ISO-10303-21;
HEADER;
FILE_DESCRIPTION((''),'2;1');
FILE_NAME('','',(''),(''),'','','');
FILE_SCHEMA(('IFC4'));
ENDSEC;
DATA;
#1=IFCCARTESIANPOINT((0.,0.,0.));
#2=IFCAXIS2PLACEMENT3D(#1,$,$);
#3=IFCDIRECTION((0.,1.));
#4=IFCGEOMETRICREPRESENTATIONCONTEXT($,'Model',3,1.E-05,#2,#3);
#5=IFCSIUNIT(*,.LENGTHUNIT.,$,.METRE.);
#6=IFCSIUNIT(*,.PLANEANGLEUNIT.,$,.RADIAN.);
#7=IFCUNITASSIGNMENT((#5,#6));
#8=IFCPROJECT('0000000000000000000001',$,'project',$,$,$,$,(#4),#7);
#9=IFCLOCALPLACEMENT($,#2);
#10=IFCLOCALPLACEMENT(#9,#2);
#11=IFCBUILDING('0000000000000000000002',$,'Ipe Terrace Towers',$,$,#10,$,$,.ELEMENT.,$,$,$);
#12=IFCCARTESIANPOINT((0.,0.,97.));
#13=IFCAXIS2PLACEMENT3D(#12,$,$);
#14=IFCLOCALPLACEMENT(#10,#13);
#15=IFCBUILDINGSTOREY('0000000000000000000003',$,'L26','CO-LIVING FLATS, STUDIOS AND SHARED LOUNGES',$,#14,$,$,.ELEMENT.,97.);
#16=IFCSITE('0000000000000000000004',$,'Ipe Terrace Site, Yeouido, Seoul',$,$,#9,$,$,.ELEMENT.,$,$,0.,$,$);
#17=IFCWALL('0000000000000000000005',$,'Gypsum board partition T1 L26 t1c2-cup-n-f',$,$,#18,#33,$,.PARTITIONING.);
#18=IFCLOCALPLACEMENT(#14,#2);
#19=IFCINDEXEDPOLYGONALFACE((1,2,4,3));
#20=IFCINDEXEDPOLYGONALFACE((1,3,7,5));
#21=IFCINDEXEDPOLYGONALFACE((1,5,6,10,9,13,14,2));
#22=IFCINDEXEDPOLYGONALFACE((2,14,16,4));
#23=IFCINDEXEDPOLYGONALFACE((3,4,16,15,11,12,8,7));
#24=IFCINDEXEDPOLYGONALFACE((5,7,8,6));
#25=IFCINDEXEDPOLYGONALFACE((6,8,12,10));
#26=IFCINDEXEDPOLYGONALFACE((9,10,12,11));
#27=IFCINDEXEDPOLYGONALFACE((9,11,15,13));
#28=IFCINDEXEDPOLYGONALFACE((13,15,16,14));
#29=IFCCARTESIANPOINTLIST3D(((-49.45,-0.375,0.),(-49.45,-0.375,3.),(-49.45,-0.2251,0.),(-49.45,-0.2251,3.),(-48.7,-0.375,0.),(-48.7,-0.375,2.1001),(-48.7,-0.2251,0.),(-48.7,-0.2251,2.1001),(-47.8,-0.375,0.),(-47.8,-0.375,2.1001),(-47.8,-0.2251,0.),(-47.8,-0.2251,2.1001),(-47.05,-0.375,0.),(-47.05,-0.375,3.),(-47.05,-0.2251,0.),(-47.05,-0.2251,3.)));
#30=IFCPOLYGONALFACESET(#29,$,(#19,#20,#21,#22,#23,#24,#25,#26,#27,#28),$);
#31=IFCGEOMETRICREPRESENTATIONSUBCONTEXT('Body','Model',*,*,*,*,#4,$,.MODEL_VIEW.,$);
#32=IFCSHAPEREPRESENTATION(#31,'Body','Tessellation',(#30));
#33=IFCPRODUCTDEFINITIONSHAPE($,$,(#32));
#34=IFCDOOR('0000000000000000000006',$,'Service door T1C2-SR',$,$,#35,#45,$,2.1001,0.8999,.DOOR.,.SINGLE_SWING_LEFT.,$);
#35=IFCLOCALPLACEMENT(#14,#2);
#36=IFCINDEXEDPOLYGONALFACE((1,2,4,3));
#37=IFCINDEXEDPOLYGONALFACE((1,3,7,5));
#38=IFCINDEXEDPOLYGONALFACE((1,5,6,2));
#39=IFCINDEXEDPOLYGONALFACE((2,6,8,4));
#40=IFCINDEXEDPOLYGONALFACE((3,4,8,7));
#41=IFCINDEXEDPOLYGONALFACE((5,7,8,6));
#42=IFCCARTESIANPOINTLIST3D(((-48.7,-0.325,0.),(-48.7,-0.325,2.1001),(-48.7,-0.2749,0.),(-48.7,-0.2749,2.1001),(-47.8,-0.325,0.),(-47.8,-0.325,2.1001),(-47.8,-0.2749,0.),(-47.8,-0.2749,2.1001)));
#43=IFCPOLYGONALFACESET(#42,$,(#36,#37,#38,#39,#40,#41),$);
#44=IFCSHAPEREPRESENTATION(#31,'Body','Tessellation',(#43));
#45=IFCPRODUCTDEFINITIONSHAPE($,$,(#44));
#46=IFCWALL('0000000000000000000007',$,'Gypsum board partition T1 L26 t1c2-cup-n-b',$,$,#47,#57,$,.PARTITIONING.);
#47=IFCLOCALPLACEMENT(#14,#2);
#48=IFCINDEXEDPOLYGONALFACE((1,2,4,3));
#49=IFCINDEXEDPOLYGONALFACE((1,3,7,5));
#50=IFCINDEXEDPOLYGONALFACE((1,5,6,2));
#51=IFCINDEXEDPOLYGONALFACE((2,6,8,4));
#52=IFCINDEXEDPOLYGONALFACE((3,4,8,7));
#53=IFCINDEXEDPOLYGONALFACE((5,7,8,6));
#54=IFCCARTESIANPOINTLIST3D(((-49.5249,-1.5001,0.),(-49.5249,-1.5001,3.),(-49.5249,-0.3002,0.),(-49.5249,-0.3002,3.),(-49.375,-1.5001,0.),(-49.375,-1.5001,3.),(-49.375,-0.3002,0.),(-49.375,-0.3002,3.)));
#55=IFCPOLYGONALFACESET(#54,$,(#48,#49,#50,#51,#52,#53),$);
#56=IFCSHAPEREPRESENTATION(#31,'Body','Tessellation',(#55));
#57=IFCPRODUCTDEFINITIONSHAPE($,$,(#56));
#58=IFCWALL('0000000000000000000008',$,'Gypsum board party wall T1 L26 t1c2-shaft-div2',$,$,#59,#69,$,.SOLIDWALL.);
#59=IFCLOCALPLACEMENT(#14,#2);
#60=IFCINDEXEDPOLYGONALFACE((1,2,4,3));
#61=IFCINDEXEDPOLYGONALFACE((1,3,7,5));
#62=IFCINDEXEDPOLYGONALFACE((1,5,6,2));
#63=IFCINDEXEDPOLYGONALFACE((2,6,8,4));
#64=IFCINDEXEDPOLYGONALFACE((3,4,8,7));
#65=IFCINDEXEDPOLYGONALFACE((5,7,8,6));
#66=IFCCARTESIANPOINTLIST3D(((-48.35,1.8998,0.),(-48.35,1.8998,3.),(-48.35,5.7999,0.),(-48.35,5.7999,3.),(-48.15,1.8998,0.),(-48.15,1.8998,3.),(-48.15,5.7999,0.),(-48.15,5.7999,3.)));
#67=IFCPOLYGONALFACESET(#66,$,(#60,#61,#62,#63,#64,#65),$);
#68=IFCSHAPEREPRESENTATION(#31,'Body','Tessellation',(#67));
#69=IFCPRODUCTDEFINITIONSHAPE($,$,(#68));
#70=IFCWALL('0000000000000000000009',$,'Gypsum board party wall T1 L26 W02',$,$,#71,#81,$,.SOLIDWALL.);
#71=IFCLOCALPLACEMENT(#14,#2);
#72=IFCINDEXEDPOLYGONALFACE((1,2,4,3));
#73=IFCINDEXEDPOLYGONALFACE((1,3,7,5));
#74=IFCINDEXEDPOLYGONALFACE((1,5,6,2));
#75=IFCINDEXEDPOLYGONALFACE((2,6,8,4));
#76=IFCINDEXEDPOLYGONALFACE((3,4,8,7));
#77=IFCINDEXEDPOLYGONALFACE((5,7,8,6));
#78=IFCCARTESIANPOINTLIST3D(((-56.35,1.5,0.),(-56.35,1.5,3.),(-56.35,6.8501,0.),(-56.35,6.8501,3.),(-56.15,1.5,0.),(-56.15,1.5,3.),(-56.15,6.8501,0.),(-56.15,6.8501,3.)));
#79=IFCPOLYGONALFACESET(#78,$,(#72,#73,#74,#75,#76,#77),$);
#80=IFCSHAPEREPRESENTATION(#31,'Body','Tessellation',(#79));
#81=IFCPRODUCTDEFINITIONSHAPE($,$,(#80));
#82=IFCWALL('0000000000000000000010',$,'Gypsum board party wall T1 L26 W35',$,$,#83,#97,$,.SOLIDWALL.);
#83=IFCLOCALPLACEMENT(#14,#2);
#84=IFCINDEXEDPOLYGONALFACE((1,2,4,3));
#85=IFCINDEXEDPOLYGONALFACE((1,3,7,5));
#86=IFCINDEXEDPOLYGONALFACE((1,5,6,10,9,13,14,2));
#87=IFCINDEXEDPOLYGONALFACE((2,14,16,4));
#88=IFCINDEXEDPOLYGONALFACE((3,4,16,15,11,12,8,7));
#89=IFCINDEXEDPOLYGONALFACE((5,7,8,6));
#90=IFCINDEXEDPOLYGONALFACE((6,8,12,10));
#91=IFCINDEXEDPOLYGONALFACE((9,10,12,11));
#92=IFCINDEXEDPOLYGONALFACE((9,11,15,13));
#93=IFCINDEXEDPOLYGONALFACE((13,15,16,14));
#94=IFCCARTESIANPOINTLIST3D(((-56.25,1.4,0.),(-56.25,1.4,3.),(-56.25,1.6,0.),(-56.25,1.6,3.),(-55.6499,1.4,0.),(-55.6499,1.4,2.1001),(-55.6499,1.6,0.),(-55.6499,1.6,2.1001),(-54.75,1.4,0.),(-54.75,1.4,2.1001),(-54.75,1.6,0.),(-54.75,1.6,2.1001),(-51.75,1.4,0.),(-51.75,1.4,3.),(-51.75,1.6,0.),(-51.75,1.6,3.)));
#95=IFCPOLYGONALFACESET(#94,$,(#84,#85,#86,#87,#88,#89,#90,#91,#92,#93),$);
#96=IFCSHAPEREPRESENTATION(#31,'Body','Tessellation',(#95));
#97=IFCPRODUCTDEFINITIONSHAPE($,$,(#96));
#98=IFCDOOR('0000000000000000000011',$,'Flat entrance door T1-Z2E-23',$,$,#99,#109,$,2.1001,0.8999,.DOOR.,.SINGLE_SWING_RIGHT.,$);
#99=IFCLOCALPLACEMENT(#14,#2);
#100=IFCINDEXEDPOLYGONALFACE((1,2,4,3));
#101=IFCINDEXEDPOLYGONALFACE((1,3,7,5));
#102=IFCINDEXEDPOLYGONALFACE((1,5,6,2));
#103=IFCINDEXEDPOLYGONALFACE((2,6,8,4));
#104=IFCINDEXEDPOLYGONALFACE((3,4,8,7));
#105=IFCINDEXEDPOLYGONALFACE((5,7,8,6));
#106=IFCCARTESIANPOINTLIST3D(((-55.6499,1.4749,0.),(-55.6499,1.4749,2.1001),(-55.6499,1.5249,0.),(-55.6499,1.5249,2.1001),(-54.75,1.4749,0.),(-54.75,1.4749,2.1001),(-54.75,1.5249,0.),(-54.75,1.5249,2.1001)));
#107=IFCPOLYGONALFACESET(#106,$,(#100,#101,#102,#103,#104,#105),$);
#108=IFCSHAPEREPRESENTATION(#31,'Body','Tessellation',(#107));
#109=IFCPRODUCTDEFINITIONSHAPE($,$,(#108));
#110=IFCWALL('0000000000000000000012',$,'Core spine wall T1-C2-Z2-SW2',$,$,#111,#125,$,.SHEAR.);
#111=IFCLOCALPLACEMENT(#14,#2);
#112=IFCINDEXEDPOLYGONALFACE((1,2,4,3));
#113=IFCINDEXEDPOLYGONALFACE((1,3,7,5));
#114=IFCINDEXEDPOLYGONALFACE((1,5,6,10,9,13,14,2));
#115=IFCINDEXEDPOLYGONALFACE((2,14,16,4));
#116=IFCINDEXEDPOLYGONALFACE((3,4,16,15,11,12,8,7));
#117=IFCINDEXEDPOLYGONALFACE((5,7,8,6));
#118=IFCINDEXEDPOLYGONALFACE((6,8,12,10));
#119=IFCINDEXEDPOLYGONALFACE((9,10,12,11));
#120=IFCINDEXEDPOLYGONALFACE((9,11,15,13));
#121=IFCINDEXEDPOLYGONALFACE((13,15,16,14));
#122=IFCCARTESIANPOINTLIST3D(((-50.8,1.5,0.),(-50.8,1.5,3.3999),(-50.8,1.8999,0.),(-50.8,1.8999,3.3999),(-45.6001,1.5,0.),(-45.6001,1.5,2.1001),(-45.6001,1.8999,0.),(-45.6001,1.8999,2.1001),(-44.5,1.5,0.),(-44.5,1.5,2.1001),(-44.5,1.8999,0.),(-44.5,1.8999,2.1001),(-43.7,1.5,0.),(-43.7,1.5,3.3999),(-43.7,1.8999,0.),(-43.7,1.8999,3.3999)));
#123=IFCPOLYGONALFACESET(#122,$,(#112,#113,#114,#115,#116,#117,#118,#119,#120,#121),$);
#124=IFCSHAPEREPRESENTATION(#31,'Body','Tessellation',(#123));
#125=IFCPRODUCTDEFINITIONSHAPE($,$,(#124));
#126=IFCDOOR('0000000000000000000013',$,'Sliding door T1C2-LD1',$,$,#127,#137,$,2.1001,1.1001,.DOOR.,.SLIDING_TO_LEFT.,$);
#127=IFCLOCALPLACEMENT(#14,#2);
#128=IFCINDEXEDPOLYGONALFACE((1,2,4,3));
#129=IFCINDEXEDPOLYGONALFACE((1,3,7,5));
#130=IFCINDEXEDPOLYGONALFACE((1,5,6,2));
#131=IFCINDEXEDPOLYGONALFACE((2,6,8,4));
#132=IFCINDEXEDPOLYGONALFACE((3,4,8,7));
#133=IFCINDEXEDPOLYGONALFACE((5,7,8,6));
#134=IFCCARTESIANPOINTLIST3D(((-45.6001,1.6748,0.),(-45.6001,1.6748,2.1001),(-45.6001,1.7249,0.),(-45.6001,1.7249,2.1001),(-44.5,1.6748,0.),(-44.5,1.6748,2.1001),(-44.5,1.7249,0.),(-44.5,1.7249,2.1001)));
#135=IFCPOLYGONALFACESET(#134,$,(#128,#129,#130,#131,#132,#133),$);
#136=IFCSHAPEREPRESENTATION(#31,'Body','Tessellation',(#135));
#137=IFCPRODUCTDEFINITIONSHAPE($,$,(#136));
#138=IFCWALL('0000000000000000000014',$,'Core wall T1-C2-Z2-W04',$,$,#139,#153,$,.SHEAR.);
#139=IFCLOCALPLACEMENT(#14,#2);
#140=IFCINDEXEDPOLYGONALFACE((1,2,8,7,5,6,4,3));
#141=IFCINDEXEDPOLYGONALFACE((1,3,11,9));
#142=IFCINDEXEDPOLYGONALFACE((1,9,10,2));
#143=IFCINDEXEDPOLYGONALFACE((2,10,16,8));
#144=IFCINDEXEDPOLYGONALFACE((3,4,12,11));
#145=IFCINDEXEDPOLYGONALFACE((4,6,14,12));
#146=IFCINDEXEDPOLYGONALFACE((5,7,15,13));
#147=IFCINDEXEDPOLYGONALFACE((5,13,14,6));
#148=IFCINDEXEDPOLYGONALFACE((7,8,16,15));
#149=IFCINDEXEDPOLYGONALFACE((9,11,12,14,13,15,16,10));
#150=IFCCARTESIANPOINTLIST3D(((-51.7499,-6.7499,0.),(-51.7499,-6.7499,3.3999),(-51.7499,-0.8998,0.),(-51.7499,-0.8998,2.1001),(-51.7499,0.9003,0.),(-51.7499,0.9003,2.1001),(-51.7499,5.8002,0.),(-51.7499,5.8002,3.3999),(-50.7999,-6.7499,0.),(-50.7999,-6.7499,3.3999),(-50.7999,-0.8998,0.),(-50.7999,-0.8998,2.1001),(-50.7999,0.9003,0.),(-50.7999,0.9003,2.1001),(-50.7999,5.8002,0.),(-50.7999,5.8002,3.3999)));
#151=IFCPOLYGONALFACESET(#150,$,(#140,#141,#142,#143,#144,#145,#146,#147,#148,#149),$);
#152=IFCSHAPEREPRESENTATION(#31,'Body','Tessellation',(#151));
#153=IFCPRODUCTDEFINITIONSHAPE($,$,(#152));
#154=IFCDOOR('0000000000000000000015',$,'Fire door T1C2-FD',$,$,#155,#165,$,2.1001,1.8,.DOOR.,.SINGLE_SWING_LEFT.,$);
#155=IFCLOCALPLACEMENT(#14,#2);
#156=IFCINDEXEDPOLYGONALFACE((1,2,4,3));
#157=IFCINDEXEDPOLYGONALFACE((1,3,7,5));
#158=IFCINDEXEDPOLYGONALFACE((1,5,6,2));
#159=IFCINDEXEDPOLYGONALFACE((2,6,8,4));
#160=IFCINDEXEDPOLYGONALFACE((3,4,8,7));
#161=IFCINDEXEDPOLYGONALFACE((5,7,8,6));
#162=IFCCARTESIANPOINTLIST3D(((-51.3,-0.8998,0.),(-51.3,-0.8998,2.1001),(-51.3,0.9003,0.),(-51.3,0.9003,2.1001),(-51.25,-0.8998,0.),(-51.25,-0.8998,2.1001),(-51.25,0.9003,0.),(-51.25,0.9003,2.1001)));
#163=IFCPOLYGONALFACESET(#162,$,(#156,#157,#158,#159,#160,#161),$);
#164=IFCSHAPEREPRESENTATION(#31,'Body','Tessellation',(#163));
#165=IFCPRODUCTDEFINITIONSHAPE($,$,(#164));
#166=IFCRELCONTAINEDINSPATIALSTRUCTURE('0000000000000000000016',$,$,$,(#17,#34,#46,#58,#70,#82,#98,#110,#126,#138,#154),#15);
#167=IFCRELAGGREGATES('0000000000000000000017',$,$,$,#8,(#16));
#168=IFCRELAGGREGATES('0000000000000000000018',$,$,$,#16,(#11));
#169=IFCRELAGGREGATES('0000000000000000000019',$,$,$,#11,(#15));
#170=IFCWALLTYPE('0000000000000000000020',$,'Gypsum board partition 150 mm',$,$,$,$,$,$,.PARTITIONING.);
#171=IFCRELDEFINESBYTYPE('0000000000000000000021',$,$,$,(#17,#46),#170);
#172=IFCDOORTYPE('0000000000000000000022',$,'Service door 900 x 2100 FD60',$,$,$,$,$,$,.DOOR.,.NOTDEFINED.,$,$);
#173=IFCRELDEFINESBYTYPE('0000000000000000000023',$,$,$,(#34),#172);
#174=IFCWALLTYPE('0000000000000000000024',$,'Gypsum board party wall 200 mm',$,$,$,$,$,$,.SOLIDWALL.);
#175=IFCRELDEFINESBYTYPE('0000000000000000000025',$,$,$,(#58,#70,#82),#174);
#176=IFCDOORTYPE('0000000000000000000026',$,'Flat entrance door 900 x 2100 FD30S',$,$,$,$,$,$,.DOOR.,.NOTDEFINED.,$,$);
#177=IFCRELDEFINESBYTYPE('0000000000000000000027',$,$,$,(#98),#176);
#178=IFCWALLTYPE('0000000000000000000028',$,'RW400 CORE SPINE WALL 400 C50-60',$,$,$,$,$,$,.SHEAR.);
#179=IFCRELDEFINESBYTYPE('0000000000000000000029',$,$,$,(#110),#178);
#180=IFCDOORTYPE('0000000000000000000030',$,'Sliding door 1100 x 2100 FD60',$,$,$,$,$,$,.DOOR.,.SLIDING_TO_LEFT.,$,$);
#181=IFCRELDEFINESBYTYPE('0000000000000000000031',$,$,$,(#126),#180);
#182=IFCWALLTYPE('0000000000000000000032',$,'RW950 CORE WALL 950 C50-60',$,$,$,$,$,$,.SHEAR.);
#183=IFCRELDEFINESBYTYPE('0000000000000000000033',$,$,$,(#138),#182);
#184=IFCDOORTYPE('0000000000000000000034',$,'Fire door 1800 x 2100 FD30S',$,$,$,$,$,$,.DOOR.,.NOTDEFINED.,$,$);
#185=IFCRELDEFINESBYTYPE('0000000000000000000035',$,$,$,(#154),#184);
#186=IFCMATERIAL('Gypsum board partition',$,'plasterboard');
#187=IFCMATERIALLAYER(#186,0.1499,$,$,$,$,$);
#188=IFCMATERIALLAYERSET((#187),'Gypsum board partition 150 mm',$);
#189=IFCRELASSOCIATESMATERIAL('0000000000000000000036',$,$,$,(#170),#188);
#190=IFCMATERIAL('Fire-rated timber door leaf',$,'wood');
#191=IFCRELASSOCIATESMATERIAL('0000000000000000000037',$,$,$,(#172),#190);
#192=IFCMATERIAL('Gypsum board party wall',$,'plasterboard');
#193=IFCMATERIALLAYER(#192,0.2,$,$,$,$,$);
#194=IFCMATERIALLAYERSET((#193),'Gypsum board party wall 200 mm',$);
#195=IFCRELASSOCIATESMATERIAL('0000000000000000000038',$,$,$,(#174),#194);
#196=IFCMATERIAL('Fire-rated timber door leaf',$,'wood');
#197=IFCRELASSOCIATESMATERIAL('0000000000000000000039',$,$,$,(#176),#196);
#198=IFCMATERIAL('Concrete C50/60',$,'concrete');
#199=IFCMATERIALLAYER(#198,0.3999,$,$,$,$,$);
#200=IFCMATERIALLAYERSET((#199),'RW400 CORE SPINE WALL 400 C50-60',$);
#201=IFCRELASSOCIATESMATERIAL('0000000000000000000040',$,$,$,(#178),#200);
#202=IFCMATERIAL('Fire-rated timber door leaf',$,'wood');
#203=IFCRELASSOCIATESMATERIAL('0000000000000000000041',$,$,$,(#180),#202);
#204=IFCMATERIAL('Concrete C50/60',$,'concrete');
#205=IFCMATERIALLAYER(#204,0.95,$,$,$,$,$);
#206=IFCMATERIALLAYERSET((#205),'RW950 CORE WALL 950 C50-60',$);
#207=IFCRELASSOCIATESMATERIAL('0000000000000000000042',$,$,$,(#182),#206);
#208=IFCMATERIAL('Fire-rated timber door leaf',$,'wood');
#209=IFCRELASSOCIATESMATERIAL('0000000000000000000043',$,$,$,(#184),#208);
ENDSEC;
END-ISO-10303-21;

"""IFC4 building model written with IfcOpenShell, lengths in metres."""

from ifc_helpers import new_model, si_unit, direction, frame, frame_2d, origin, place, context, subcontext, project, spatial, rectangle, extrude, material, layer, layer_set, type_object, element, fill, save


model = new_model("IFC4")

# Units and contexts
model_context = context("Model", 3, precision=1e-05, world=origin(), true_north=direction((0.0, 1.0)))
body_context = subcontext(model_context, "Body", "Model", "MODEL_VIEW")
ifc_project = project(units=[si_unit("LENGTHUNIT", "METRE"), si_unit("PLANEANGLEUNIT", "RADIAN")], contexts=[model_context])

# Site, building, storey
site_placement = place(None, origin())
site = spatial("IfcSite", under=ifc_project, at=site_placement, Name="Ipe Terrace Site, Yeouido, Seoul", CompositionType="ELEMENT", RefElevation=0.0)
building_placement = place(site_placement, origin())
building = spatial("IfcBuilding", under=site, at=building_placement, Name="Ipe Terrace Towers", CompositionType="ELEMENT")
storey_placement = place(building_placement, frame((0.0, 0.0, 97.0)))
storey = spatial("IfcBuildingStorey", under=building, at=storey_placement, Name="L26", Description="CO-LIVING FLATS, STUDIOS AND SHARED LOUNGES", CompositionType="ELEMENT", Elevation=97.0)

# Wall, opening, door
ifc_material_1 = material(Name="Gypsum board partition", Category="plasterboard")
ifc_layer_1 = layer(ifc_material_1, 0.1499)
ifc_layer_set_1 = layer_set([ifc_layer_1], Name="Gypsum board partition 150 mm")
wall_type_1 = type_object("IfcWallType", Name="Gypsum board partition 150 mm", PredefinedType="PARTITIONING", material=ifc_layer_set_1)
wall_1_placement = place(storey_placement, frame((-47.05, -0.3, 0.0), z_axis=(0.0, 0.0, 1.0), x_axis=(-1.0, 0.0, 0.0)))
wall_1 = element("IfcWall", 1, at=wall_1_placement, inside=storey, type_object=wall_type_1, Name="Gypsum board partition T1 L26 t1c2-cup-n-f", PredefinedType="PARTITIONING", context=body_context, shape_type="SweptSolid", body=[
    extrude(rectangle(XDim=2.3999, YDim=0.1499, at=frame_2d((1.2, 0.0))), origin(), (0.0, 0.0, 1.0), 3.0),
])
opening_1_placement = place(wall_1_placement, frame((0.75, 0.0, 0.0)))
opening_1 = element("IfcOpeningElement", 2, at=opening_1_placement, cuts=wall_1, PredefinedType="OPENING", context=body_context, shape_type="SweptSolid", body=[
    extrude(rectangle(XDim=0.8999, YDim=2.1001, at=frame_2d((0.45, 1.05))), frame((0.0, 0.085, 0.0), z_axis=(0.0, -1.0, 0.0), x_axis=(1.0, 0.0, 0.0)), (0.0, 0.0, 1.0), 0.1699),
])
ifc_material_2 = material(Name="Fire-rated timber door leaf", Category="wood")
door_type_1 = type_object("IfcDoorType", Name="Service door 900 x 2100 FD60", OperationType="NOTDEFINED", PredefinedType="DOOR", material=ifc_material_2)
door_1_placement = place(opening_1_placement, origin())
door_1 = element("IfcDoor", 3, at=door_1_placement, inside=storey, type_object=door_type_1, Name="Service door T1C2-SR", OperationType="SINGLE_SWING_LEFT", OverallHeight=2.1001, OverallWidth=0.8999, PredefinedType="DOOR", context=body_context, shape_type="SweptSolid", body=[
    extrude(rectangle(XDim=0.8999, YDim=2.1001, at=frame_2d((0.45, 1.05))), frame((0.0, 0.0249, 0.0), z_axis=(0.0, -1.0, 0.0), x_axis=(1.0, 0.0, 0.0)), (0.0, 0.0, 1.0), 0.05),
])
fill(opening_1, door_1)

# Walls
wall_2_placement = place(storey_placement, frame((-49.45, -0.3, 0.0), z_axis=(0.0, 0.0, 1.0), x_axis=(0.0, -1.0, 0.0)))
element("IfcWall", 4, at=wall_2_placement, inside=storey, type_object=wall_type_1, Name="Gypsum board partition T1 L26 t1c2-cup-n-b", PredefinedType="PARTITIONING", context=body_context, shape_type="SweptSolid", body=[
    extrude(rectangle(XDim=1.2, YDim=0.1499, at=frame_2d((0.6001, 0.0))), origin(), (0.0, 0.0, 1.0), 3.0),
])
ifc_material_3 = material(Name="Gypsum board party wall", Category="plasterboard")
ifc_layer_2 = layer(ifc_material_3, 0.2)
ifc_layer_set_2 = layer_set([ifc_layer_2], Name="Gypsum board party wall 200 mm")
wall_type_2 = type_object("IfcWallType", Name="Gypsum board party wall 200 mm", PredefinedType="SOLIDWALL", material=ifc_layer_set_2)
wall_3_placement = place(storey_placement, frame((-48.25, 5.8, 0.0), z_axis=(0.0, 0.0, 1.0), x_axis=(0.0, -1.0, 0.0)))
element("IfcWall", 5, at=wall_3_placement, inside=storey, type_object=wall_type_2, Name="Gypsum board party wall T1 L26 t1c2-shaft-div2", PredefinedType="SOLIDWALL", context=body_context, shape_type="SweptSolid", body=[
    extrude(rectangle(XDim=3.9001, YDim=0.2, at=frame_2d((1.9502, 0.0))), origin(), (0.0, 0.0, 1.0), 3.0),
])
wall_4_placement = place(storey_placement, frame((-56.25, 1.5, 0.0), z_axis=(0.0, 0.0, 1.0), x_axis=(0.0, 1.0, 0.0)))
element("IfcWall", 6, at=wall_4_placement, inside=storey, type_object=wall_type_2, Name="Gypsum board party wall T1 L26 W02", PredefinedType="SOLIDWALL", context=body_context, shape_type="SweptSolid", body=[
    extrude(rectangle(XDim=5.3501, YDim=0.2, at=frame_2d((2.675, 0.0))), origin(), (0.0, 0.0, 1.0), 3.0),
])

# Walls, openings, doors
wall_5_placement = place(storey_placement, frame((-56.25, 1.5, 0.0), z_axis=(0.0, 0.0, 1.0), x_axis=(1.0, 0.0, 0.0)))
wall_5 = element("IfcWall", 7, at=wall_5_placement, inside=storey, type_object=wall_type_2, Name="Gypsum board party wall T1 L26 W35", PredefinedType="SOLIDWALL", context=body_context, shape_type="SweptSolid", body=[
    extrude(rectangle(XDim=4.5, YDim=0.2, at=frame_2d((2.25, 0.0))), origin(), (0.0, 0.0, 1.0), 3.0),
])
opening_2_placement = place(wall_5_placement, frame((0.6001, 0.0, 0.0)))
opening_2 = element("IfcOpeningElement", 8, at=opening_2_placement, cuts=wall_5, PredefinedType="OPENING", context=body_context, shape_type="SweptSolid", body=[
    extrude(rectangle(XDim=0.8999, YDim=2.1001, at=frame_2d((0.45, 1.05))), frame((0.0, 0.1099, 0.0), z_axis=(0.0, -1.0, 0.0), x_axis=(1.0, 0.0, 0.0)), (0.0, 0.0, 1.0), 0.22),
])
ifc_material_4 = material(Name="Fire-rated timber door leaf", Category="wood")
door_type_2 = type_object("IfcDoorType", Name="Flat entrance door 900 x 2100 FD30S", OperationType="NOTDEFINED", PredefinedType="DOOR", material=ifc_material_4)
door_2_placement = place(opening_2_placement, origin())
door_2 = element("IfcDoor", 9, at=door_2_placement, inside=storey, type_object=door_type_2, Name="Flat entrance door T1-Z2E-23", OperationType="SINGLE_SWING_RIGHT", OverallHeight=2.1001, OverallWidth=0.8999, PredefinedType="DOOR", context=body_context, shape_type="SweptSolid", body=[
    extrude(rectangle(XDim=0.8999, YDim=2.1001, at=frame_2d((0.45, 1.05))), frame((0.0, 0.0249, 0.0), z_axis=(0.0, -1.0, 0.0), x_axis=(1.0, 0.0, 0.0)), (0.0, 0.0, 1.0), 0.05),
])
fill(opening_2, door_2)
ifc_material_5 = material(Name="Concrete C50/60", Category="concrete")
ifc_layer_3 = layer(ifc_material_5, 0.3999)
ifc_layer_set_3 = layer_set([ifc_layer_3], Name="RW400 CORE SPINE WALL 400 C50-60")
wall_type_3 = type_object("IfcWallType", Name="RW400 CORE SPINE WALL 400 C50-60", PredefinedType="SHEAR", material=ifc_layer_set_3)
wall_6_placement = place(storey_placement, frame((-50.8, 1.7, 0.0), z_axis=(0.0, 0.0, 1.0), x_axis=(1.0, 0.0, 0.0)))
wall_6 = element("IfcWall", 10, at=wall_6_placement, inside=storey, type_object=wall_type_3, Name="Core spine wall T1-C2-Z2-SW2", PredefinedType="SHEAR", context=body_context, shape_type="SweptSolid", body=[
    extrude(rectangle(XDim=7.1001, YDim=0.3999, at=frame_2d((3.55, 0.0))), origin(), (0.0, 0.0, 1.0), 3.3999),
])
opening_3_placement = place(wall_6_placement, frame((5.2, 0.0, 0.0)))
opening_3 = element("IfcOpeningElement", 11, at=opening_3_placement, cuts=wall_6, PredefinedType="OPENING", context=body_context, shape_type="SweptSolid", body=[
    extrude(rectangle(XDim=1.1001, YDim=2.1001, at=frame_2d((0.55, 1.05))), frame((0.0, 0.21, 0.0), z_axis=(0.0, -1.0, 0.0), x_axis=(1.0, 0.0, 0.0)), (0.0, 0.0, 1.0), 0.4199),
])
ifc_material_6 = material(Name="Fire-rated timber door leaf", Category="wood")
door_type_3 = type_object("IfcDoorType", Name="Sliding door 1100 x 2100 FD60", OperationType="SLIDING_TO_LEFT", PredefinedType="DOOR", material=ifc_material_6)
door_3_placement = place(opening_3_placement, origin())
door_3 = element("IfcDoor", 12, at=door_3_placement, inside=storey, type_object=door_type_3, Name="Sliding door T1C2-LD1", OperationType="SLIDING_TO_LEFT", OverallHeight=2.1001, OverallWidth=1.1001, PredefinedType="DOOR", context=body_context, shape_type="SweptSolid", body=[
    extrude(rectangle(XDim=1.1001, YDim=2.1001, at=frame_2d((0.55, 1.05))), frame((0.0, 0.0249, 0.0), z_axis=(0.0, -1.0, 0.0), x_axis=(1.0, 0.0, 0.0)), (0.0, 0.0, 1.0), 0.05),
])
fill(opening_3, door_3)
ifc_material_7 = material(Name="Concrete C50/60", Category="concrete")
ifc_layer_4 = layer(ifc_material_7, 0.95)
ifc_layer_set_4 = layer_set([ifc_layer_4], Name="RW950 CORE WALL 950 C50-60")
wall_type_4 = type_object("IfcWallType", Name="RW950 CORE WALL 950 C50-60", PredefinedType="SHEAR", material=ifc_layer_set_4)
wall_7_placement = place(storey_placement, frame((-51.2749, 5.8, 0.0), z_axis=(0.0, 0.0, 1.0), x_axis=(0.0, -1.0, 0.0)))
wall_7 = element("IfcWall", 13, at=wall_7_placement, inside=storey, type_object=wall_type_4, Name="Core wall T1-C2-Z2-W04", PredefinedType="SHEAR", context=body_context, shape_type="SweptSolid", body=[
    extrude(rectangle(XDim=12.55, YDim=0.95, at=frame_2d((6.2749, 0.0))), origin(), (0.0, 0.0, 1.0), 3.3999),
])
opening_4_placement = place(wall_7_placement, frame((4.8999, 0.0, 0.0)))
opening_4 = element("IfcOpeningElement", 14, at=opening_4_placement, cuts=wall_7, PredefinedType="OPENING", context=body_context, shape_type="SweptSolid", body=[
    extrude(rectangle(XDim=1.8, YDim=2.1001, at=frame_2d((0.8999, 1.05))), frame((0.0, 0.4849, 0.0), z_axis=(0.0, -1.0, 0.0), x_axis=(1.0, 0.0, 0.0)), (0.0, 0.0, 1.0), 0.97),
])
ifc_material_8 = material(Name="Fire-rated timber door leaf", Category="wood")
door_type_4 = type_object("IfcDoorType", Name="Fire door 1800 x 2100 FD30S", OperationType="NOTDEFINED", PredefinedType="DOOR", material=ifc_material_8)
door_4_placement = place(opening_4_placement, origin())
door_4 = element("IfcDoor", 15, at=door_4_placement, inside=storey, type_object=door_type_4, Name="Fire door T1C2-FD", OperationType="SINGLE_SWING_LEFT", OverallHeight=2.1001, OverallWidth=1.8, PredefinedType="DOOR", context=body_context, shape_type="SweptSolid", body=[
    extrude(rectangle(XDim=1.8, YDim=2.1001, at=frame_2d((0.8999, 1.05))), frame((0.0, 0.0249, 0.0), z_axis=(0.0, -1.0, 0.0), x_axis=(1.0, 0.0, 0.0)), (0.0, 0.0, 1.0), 0.05),
])
fill(opening_4, door_4)

save(model, "model.ifc")
